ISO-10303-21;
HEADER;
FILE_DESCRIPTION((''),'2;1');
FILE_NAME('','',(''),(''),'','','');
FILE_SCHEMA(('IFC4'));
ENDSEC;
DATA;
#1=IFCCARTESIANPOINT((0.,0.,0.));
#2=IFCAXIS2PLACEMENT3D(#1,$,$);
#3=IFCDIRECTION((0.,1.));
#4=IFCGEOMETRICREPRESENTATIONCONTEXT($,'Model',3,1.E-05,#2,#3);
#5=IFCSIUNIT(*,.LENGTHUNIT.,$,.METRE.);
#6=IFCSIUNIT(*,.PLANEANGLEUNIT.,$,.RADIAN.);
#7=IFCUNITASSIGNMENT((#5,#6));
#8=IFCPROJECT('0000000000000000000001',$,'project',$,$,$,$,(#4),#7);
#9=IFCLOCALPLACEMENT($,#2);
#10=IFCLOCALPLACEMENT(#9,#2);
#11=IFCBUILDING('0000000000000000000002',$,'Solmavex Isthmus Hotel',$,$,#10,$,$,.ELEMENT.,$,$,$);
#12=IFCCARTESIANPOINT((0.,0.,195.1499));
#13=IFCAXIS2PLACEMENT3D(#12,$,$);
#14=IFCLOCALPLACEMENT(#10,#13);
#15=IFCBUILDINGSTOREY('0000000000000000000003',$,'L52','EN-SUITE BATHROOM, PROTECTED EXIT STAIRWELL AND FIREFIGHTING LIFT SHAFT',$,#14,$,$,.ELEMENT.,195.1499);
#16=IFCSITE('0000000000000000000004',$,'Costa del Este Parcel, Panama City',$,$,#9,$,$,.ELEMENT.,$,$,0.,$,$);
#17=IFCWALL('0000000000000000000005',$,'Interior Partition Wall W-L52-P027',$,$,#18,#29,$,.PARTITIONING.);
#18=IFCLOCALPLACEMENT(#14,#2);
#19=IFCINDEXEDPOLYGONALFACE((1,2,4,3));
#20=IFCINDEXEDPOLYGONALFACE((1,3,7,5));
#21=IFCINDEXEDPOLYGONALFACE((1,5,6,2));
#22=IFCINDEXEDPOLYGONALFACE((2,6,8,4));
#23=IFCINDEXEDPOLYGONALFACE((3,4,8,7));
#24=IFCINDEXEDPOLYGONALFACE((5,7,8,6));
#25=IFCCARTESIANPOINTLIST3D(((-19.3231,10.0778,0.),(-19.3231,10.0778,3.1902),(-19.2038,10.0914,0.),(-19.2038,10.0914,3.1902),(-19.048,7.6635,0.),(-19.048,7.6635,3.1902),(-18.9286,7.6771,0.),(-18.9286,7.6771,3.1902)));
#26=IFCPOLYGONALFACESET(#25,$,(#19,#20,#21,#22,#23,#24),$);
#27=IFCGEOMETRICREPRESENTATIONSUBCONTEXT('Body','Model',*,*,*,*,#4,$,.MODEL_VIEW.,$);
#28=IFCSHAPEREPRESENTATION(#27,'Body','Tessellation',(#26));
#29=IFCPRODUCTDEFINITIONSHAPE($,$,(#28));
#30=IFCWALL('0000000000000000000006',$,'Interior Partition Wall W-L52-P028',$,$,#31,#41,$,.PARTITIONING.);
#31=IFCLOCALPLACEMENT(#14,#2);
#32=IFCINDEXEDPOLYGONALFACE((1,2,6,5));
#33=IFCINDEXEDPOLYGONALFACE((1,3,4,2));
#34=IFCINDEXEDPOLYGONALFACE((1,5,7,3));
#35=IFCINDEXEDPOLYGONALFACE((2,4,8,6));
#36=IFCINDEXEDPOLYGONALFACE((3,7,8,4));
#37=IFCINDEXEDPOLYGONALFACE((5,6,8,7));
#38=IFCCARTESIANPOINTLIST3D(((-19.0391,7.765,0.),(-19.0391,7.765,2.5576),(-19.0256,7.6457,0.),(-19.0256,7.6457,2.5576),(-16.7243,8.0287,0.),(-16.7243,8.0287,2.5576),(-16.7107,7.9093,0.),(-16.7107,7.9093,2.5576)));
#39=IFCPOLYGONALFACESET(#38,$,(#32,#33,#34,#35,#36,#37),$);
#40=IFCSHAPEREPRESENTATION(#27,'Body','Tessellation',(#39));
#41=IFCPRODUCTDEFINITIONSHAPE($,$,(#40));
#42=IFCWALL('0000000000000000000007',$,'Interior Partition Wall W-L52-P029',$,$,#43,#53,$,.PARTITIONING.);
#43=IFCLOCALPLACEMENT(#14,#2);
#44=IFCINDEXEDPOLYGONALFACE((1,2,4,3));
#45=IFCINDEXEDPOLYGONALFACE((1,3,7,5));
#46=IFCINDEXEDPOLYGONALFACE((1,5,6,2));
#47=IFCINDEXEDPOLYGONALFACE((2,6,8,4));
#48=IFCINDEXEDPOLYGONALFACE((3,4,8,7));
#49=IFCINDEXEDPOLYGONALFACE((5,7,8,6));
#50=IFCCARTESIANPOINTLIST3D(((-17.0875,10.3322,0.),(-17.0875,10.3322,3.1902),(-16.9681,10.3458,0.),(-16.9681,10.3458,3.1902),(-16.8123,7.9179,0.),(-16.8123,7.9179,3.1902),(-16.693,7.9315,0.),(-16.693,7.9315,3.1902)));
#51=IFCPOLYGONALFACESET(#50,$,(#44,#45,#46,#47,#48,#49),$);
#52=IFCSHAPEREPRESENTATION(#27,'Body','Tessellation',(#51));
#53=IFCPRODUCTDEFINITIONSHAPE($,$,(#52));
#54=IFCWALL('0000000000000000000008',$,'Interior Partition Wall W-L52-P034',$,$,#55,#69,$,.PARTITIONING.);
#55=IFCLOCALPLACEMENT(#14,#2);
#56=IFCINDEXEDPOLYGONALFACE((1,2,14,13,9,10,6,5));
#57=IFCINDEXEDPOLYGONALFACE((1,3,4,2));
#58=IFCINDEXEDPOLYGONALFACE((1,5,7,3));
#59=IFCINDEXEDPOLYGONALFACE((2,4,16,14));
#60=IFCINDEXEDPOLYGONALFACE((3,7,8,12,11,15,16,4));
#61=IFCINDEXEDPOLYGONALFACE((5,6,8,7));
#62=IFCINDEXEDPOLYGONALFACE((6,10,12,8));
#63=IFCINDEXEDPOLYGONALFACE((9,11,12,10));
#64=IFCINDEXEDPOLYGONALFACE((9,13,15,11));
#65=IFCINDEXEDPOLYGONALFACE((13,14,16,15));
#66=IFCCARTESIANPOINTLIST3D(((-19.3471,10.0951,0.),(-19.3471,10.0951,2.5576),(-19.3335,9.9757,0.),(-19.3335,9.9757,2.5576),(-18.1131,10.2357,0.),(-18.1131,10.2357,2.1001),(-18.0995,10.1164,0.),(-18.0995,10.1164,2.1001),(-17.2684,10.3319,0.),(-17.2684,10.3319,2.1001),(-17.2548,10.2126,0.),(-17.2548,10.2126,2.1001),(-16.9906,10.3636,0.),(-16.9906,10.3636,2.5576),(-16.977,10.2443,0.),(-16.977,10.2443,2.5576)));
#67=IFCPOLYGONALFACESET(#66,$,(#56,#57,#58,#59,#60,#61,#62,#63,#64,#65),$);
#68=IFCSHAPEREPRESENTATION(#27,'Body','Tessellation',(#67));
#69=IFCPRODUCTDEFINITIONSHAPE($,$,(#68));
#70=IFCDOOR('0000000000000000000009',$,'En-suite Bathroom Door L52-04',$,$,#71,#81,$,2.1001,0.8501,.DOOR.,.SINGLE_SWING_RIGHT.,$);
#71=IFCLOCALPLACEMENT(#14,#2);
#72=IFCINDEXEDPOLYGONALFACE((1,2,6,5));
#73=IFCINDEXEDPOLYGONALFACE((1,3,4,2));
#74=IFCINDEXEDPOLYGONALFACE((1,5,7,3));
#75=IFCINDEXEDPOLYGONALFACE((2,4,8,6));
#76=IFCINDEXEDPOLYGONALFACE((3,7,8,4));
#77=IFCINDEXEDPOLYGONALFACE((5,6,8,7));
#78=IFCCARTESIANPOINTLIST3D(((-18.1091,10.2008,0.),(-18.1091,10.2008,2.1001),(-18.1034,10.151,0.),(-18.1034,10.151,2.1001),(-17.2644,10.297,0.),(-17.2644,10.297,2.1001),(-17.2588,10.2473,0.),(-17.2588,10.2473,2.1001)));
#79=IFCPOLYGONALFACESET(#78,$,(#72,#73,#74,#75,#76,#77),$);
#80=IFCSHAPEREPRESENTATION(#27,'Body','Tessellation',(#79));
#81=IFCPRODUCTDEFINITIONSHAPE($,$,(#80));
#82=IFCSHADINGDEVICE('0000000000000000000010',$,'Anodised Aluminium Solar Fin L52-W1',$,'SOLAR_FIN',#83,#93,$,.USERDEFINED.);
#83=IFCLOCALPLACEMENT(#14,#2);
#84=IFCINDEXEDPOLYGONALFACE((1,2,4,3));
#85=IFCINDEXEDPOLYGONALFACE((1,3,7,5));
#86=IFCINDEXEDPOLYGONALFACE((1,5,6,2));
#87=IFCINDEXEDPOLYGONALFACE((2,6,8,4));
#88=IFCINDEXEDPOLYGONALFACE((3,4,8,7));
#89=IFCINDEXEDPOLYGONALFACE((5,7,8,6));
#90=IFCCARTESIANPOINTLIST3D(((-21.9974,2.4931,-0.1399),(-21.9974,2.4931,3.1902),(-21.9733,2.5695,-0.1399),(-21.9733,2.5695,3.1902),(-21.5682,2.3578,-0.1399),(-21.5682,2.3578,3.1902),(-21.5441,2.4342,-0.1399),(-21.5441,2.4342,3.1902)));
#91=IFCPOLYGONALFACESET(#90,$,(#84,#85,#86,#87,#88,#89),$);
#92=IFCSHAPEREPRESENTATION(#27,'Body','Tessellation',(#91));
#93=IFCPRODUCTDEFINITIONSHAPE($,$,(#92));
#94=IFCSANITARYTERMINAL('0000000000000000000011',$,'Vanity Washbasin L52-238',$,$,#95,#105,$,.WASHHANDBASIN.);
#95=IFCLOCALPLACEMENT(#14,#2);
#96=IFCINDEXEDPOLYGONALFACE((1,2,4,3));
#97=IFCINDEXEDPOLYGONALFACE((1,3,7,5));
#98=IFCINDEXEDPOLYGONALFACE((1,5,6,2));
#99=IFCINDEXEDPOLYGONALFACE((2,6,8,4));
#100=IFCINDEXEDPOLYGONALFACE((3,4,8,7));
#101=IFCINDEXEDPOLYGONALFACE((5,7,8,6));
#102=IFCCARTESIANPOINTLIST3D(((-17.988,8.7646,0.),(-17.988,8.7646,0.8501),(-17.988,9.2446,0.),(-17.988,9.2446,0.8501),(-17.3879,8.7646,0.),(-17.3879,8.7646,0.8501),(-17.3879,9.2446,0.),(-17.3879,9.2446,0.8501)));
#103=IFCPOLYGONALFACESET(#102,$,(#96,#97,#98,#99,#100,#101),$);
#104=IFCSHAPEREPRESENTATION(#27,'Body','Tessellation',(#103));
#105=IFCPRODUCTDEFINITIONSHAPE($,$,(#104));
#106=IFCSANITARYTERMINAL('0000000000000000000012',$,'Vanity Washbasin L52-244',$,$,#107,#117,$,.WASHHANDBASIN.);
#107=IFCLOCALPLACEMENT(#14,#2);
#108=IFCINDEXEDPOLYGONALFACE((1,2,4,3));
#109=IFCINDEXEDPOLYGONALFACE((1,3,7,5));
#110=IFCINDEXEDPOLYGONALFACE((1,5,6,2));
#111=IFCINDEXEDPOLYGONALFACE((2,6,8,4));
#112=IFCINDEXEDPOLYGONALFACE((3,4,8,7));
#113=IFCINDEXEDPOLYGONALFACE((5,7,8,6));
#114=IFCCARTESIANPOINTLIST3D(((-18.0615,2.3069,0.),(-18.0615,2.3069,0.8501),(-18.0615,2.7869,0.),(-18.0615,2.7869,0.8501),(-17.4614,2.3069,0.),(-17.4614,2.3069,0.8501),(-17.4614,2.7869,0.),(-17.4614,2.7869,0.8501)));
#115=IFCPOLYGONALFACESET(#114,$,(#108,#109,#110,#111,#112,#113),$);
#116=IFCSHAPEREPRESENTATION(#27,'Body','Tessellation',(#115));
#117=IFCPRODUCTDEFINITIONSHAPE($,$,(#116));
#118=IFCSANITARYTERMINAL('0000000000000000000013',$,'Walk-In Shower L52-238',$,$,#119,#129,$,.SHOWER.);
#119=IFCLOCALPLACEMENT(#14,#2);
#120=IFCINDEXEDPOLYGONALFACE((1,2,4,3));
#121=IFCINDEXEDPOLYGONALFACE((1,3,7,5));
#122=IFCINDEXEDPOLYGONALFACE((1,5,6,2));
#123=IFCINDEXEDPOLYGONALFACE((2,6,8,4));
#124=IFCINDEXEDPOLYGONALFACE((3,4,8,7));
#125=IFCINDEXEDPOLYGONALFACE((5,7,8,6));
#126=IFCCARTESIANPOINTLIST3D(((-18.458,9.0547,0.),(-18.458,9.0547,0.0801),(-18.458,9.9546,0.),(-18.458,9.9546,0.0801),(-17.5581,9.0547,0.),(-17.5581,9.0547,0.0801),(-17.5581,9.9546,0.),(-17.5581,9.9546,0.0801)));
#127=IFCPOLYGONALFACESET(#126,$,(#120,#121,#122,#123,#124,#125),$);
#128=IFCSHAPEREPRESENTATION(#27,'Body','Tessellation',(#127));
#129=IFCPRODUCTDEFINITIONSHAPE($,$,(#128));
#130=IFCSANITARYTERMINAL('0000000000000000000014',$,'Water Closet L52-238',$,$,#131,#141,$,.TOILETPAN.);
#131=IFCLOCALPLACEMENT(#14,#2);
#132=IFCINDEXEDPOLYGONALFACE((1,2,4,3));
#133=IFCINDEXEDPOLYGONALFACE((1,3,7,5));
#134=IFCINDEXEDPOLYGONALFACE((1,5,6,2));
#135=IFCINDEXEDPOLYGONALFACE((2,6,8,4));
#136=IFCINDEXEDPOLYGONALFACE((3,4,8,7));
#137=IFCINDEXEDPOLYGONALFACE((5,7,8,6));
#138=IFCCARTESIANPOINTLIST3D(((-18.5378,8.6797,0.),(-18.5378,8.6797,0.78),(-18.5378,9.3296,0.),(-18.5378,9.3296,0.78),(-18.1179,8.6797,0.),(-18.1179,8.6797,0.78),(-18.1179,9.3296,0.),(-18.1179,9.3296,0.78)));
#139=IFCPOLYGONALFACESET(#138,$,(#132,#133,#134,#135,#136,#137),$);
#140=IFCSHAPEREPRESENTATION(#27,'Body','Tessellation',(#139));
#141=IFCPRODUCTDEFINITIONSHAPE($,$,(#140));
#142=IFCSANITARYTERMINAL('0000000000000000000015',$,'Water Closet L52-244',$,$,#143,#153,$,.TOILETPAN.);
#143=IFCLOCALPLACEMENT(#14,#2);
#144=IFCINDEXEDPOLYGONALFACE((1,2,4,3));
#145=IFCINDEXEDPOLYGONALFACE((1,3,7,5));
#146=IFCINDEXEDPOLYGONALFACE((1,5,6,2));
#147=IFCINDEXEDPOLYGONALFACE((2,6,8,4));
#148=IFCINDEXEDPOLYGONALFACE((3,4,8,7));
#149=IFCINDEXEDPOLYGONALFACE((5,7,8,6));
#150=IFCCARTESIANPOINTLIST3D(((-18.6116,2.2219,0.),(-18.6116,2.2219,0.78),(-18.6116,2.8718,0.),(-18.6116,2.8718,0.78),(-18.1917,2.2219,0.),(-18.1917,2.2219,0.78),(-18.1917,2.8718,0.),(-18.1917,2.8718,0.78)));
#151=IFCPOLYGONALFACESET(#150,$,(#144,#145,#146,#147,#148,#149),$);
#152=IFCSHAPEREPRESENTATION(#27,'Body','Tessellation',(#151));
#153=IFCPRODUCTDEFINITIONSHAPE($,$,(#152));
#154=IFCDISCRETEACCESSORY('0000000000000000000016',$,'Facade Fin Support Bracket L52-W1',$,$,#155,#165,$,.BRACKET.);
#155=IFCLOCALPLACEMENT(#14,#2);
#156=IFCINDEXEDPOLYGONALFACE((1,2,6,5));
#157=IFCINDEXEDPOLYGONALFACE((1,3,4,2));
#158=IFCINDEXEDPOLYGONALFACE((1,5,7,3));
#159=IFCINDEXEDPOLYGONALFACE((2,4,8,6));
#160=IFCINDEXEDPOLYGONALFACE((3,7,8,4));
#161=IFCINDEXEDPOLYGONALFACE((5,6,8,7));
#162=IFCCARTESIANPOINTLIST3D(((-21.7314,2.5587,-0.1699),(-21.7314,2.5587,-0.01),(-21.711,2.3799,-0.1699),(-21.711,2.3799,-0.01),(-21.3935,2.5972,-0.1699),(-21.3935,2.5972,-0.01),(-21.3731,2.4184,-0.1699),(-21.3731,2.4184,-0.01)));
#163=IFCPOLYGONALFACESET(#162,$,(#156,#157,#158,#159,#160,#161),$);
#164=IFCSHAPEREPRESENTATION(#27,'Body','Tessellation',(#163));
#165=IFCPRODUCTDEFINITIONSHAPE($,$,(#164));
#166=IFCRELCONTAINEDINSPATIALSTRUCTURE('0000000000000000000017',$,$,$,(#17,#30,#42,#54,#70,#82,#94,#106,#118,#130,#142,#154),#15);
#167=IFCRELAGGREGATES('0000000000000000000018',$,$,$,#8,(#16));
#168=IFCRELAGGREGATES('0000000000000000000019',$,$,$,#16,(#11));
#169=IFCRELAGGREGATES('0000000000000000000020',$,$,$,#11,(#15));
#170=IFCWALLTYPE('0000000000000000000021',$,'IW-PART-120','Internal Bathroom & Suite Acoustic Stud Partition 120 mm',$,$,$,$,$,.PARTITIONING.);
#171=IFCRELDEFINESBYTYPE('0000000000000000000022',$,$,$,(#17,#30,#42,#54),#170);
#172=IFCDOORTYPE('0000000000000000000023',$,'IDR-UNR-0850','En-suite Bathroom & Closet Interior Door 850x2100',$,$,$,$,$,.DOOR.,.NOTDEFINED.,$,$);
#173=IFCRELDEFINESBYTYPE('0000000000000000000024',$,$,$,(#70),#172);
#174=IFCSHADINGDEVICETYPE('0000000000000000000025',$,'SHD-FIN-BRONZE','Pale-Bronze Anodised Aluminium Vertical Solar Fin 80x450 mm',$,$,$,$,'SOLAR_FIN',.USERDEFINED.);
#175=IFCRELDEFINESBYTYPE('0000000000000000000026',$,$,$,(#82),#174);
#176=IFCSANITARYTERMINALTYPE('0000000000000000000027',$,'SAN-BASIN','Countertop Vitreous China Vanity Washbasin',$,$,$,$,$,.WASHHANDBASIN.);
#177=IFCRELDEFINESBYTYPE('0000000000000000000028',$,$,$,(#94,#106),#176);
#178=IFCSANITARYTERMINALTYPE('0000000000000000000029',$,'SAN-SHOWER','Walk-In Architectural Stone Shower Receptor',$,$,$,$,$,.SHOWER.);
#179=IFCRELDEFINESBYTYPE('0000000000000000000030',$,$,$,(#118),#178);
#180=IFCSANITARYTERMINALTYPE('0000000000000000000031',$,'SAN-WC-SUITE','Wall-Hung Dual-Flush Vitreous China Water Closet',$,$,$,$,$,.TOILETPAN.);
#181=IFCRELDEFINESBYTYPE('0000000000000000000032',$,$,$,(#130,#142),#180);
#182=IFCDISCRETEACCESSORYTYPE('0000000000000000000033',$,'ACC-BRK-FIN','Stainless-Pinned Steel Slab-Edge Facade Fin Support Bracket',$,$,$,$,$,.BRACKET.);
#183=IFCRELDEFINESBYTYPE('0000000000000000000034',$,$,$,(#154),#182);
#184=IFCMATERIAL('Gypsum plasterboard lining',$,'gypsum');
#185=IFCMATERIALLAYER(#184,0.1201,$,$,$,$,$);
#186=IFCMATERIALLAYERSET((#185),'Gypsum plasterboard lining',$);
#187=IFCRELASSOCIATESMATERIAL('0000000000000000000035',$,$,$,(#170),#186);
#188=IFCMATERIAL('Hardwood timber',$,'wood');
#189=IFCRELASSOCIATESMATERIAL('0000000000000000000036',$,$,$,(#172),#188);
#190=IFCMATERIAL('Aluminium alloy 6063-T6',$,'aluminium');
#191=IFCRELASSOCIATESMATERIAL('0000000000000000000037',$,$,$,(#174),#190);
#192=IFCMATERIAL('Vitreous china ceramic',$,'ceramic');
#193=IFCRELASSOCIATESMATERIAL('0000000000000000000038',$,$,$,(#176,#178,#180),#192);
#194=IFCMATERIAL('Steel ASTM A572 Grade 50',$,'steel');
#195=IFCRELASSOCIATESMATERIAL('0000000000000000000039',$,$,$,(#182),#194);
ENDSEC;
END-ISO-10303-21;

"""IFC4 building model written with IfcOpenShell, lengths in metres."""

from ifc_helpers import new_model, si_unit, direction, frame, frame_2d, origin, origin_2d, place, context, subcontext, project, spatial, rectangle, extrude, material, layer, layer_set, type_object, element, fill, save


model = new_model("IFC4")

# Units and contexts
model_context = context("Model", 3, precision=1e-05, world=origin(), true_north=direction((0.0, 1.0)))
body_context = subcontext(model_context, "Body", "Model", "MODEL_VIEW")
ifc_project = project(units=[si_unit("LENGTHUNIT", "METRE"), si_unit("PLANEANGLEUNIT", "RADIAN")], contexts=[model_context])

# Site, building, storey
site_placement = place(None, origin())
site = spatial("IfcSite", under=ifc_project, at=site_placement, Name="Costa del Este Parcel, Panama City", CompositionType="ELEMENT", RefElevation=0.0)
building_placement = place(site_placement, origin())
building = spatial("IfcBuilding", under=site, at=building_placement, Name="Solmavex Isthmus Hotel", CompositionType="ELEMENT")
storey_placement = place(building_placement, frame((0.0, 0.0, 195.1499)))
storey = spatial("IfcBuildingStorey", under=building, at=storey_placement, Name="L52", Description="EN-SUITE BATHROOM, PROTECTED EXIT STAIRWELL AND FIREFIGHTING LIFT SHAFT", CompositionType="ELEMENT", Elevation=195.1499)

# Shared definitions
ifc_material_1 = material(Name="Aluminium alloy 6063-T6", Category="aluminium")

# Shared definitions
ifc_material_2 = material(Name="Gypsum plasterboard lining", Category="gypsum")
ifc_material_3 = material(Name="Hardwood timber", Category="wood")

# Walls
ifc_layer_1 = layer(ifc_material_2, 0.1201)
ifc_layer_set_1 = layer_set([ifc_layer_1], Name="Gypsum plasterboard lining")
wall_type_1 = type_object("IfcWallType", Name="IW-PART-120", Description="Internal Bathroom & Suite Acoustic Stud Partition 120 mm", PredefinedType="PARTITIONING", material=ifc_layer_set_1)
wall_1_placement = place(storey_placement, frame((-19.2634, 10.0845, 0.0), z_axis=(0.0, 0.0, 1.0), x_axis=(0.113232, -0.993569, 0.0)))
element("IfcWall", 1, at=wall_1_placement, inside=storey, type_object=wall_type_1, Name="Interior Partition Wall W-L52-P027", PredefinedType="PARTITIONING", context=body_context, shape_type="SweptSolid", body=[
    extrude(rectangle(XDim=2.4299, YDim=0.1201, at=frame_2d((1.2148, 0.0))), origin(), (0.0, 0.0, 1.0), 3.1902),
])
wall_2_placement = place(storey_placement, frame((-19.0325, 7.7053, 0.0), z_axis=(0.0, 0.0, 1.0), x_axis=(0.993576, 0.113168, 0.0)))
element("IfcWall", 2, at=wall_2_placement, inside=storey, type_object=wall_type_1, Name="Interior Partition Wall W-L52-P028", PredefinedType="PARTITIONING", context=body_context, shape_type="SweptSolid", body=[
    extrude(rectangle(XDim=2.3298, YDim=0.1201, at=frame_2d((1.165, 0.0))), origin(), (0.0, 0.0, 1.0), 2.5576),
])
wall_3_placement = place(storey_placement, frame((-16.7527, 7.9248, 0.0), z_axis=(0.0, 0.0, 1.0), x_axis=(-0.113232, 0.993569, 0.0)))
element("IfcWall", 3, at=wall_3_placement, inside=storey, type_object=wall_type_1, Name="Interior Partition Wall W-L52-P029", PredefinedType="PARTITIONING", context=body_context, shape_type="SweptSolid", body=[
    extrude(rectangle(XDim=2.4299, YDim=0.1201, at=frame_2d((1.2148, 0.0))), origin(), (0.0, 0.0, 1.0), 3.1902),
])

# Wall, opening, door
wall_4_placement = place(storey_placement, frame((-16.9836, 10.304, 0.0), z_axis=(0.0, 0.0, 1.0), x_axis=(-0.99357, -0.113221, 0.0)))
wall_4 = element("IfcWall", 4, at=wall_4_placement, inside=storey, type_object=wall_type_1, Name="Interior Partition Wall W-L52-P034", PredefinedType="PARTITIONING", context=body_context, shape_type="SweptSolid", body=[
    extrude(rectangle(XDim=2.3718, YDim=0.1201, at=frame_2d((1.186, 0.0))), origin(), (0.0, 0.0, 1.0), 2.5576),
])
opening_1_placement = place(wall_4_placement, frame((0.2798, 0.0, 0.0)))
opening_1 = element("IfcOpeningElement", 5, at=opening_1_placement, cuts=wall_4, PredefinedType="OPENING", context=body_context, shape_type="SweptSolid", body=[
    extrude(rectangle(XDim=0.8501, YDim=2.1001, at=frame_2d((0.425, 1.05))), frame((0.0, 0.0701, 0.0), z_axis=(0.0, -1.0, 0.0), x_axis=(1.0, 0.0, 0.0)), (0.0, 0.0, 1.0), 0.1401),
])
door_type_1 = type_object("IfcDoorType", Name="IDR-UNR-0850", Description="En-suite Bathroom & Closet Interior Door 850x2100", OperationType="NOTDEFINED", PredefinedType="DOOR", material=ifc_material_3)
door_1_placement = place(opening_1_placement, frame((0.8501, 0.0, 0.0), z_axis=(0.0, 0.0, 1.0), x_axis=(-1.0, 0.0, 0.0)))
door_1 = element("IfcDoor", 6, at=door_1_placement, inside=storey, type_object=door_type_1, Name="En-suite Bathroom Door L52-04", OperationType="SINGLE_SWING_RIGHT", OverallHeight=2.1001, OverallWidth=0.8501, PredefinedType="DOOR", context=body_context, shape_type="SweptSolid", body=[
    extrude(rectangle(XDim=0.8501, YDim=2.1001, at=frame_2d((0.425, 1.05))), frame((0.0, 0.0249, 0.0), z_axis=(0.0, -1.0, 0.0), x_axis=(1.0, 0.0, 0.0)), (0.0, 0.0, 1.0), 0.05),
])
fill(opening_1, door_1)

# Shading device
shading_device_type = type_object("IfcShadingDeviceType", Name="SHD-FIN-BRONZE", Description="Pale-Bronze Anodised Aluminium Vertical Solar Fin 80x450 mm", ElementType="SOLAR_FIN", PredefinedType="USERDEFINED", material=ifc_material_1)
shading_device_placement = place(storey_placement, frame((-21.7708, 2.4636, -0.1399), z_axis=(0.0, 0.0, 1.0), x_axis=(-0.953717, 0.300706, 0.0)))
element("IfcShadingDevice", 7, at=shading_device_placement, inside=storey, type_object=shading_device_type, Name="Anodised Aluminium Solar Fin L52-W1", ObjectType="SOLAR_FIN", PredefinedType="USERDEFINED", context=body_context, shape_type="SweptSolid", body=[
    extrude(rectangle(XDim=0.45, YDim=0.0801, at=origin_2d()), origin(), (0.0, 0.0, 1.0), 3.3301),
])

# Sanitary terminals
ifc_material_4 = material(Name="Vitreous china ceramic", Category="ceramic")
sanitary_terminal_type_1 = type_object("IfcSanitaryTerminalType", Name="SAN-BASIN", Description="Countertop Vitreous China Vanity Washbasin", PredefinedType="WASHHANDBASIN", material=ifc_material_4)
for number, where, z_axis, x_axis, name in (
    (8, (-17.688, 9.0046, 0.0), (0.0, 0.0, 1.0), (1.0, 0.0, 0.0), "Vanity Washbasin L52-238"),
    (9, (-17.7615, 2.5469, 0.0), (0.0, 0.0, 1.0), (1.0, 0.0, 0.0), "Vanity Washbasin L52-244"),
):
    element("IfcSanitaryTerminal", number, at=place(storey_placement, frame(where, z_axis=z_axis, x_axis=x_axis)), inside=storey, type_object=sanitary_terminal_type_1, Name=name, PredefinedType="WASHHANDBASIN", context=body_context, shape_type="SweptSolid", body=[
        extrude(rectangle(XDim=0.6001, YDim=0.48, at=origin_2d()), origin(), (0.0, 0.0, 1.0), 0.8501),
    ])
sanitary_terminal_type_2 = type_object("IfcSanitaryTerminalType", Name="SAN-SHOWER", Description="Walk-In Architectural Stone Shower Receptor", PredefinedType="SHOWER", material=ifc_material_4)
sanitary_terminal_placement = place(storey_placement, frame((-18.0081, 9.5046, 0.0), z_axis=(0.0, 0.0, 1.0), x_axis=(1.0, 0.0, 0.0)))
element("IfcSanitaryTerminal", 10, at=sanitary_terminal_placement, inside=storey, type_object=sanitary_terminal_type_2, Name="Walk-In Shower L52-238", PredefinedType="SHOWER", context=body_context, shape_type="SweptSolid", body=[
    extrude(rectangle(XDim=0.8999, YDim=0.8999, at=origin_2d()), origin(), (0.0, 0.0, 1.0), 0.0801),
])
sanitary_terminal_type_3 = type_object("IfcSanitaryTerminalType", Name="SAN-WC-SUITE", Description="Wall-Hung Dual-Flush Vitreous China Water Closet", PredefinedType="TOILETPAN", material=ifc_material_4)
for number, where, z_axis, x_axis, name in (
    (11, (-18.3279, 9.0046, 0.0), (0.0, 0.0, 1.0), (1.0, 0.0, 0.0), "Water Closet L52-238"),
    (12, (-18.4016, 2.5469, 0.0), (0.0, 0.0, 1.0), (1.0, 0.0, 0.0), "Water Closet L52-244"),
):
    element("IfcSanitaryTerminal", number, at=place(storey_placement, frame(where, z_axis=z_axis, x_axis=x_axis)), inside=storey, type_object=sanitary_terminal_type_3, Name=name, PredefinedType="TOILETPAN", context=body_context, shape_type="SweptSolid", body=[
        extrude(rectangle(XDim=0.4199, YDim=0.6499, at=origin_2d()), origin(), (0.0, 0.0, 1.0), 0.78),
    ])

# Discrete accessory
ifc_material_5 = material(Name="Steel ASTM A572 Grade 50", Category="steel")
discrete_accessory_type = type_object("IfcDiscreteAccessoryType", Name="ACC-BRK-FIN", Description="Stainless-Pinned Steel Slab-Edge Facade Fin Support Bracket", PredefinedType="BRACKET", material=ifc_material_5)
discrete_accessory_placement = place(storey_placement, frame((-21.5522, 2.4885, -0.1699), z_axis=(0.0, 0.0, 1.0), x_axis=(-0.993572, -0.113203, 0.0)))
element("IfcDiscreteAccessory", 13, at=discrete_accessory_placement, inside=storey, type_object=discrete_accessory_type, Name="Facade Fin Support Bracket L52-W1", PredefinedType="BRACKET", context=body_context, shape_type="SweptSolid", body=[
    extrude(rectangle(XDim=0.3401, YDim=0.1799, at=origin_2d()), origin(), (0.0, 0.0, 1.0), 0.1599),
])

save(model, "model.ifc")
